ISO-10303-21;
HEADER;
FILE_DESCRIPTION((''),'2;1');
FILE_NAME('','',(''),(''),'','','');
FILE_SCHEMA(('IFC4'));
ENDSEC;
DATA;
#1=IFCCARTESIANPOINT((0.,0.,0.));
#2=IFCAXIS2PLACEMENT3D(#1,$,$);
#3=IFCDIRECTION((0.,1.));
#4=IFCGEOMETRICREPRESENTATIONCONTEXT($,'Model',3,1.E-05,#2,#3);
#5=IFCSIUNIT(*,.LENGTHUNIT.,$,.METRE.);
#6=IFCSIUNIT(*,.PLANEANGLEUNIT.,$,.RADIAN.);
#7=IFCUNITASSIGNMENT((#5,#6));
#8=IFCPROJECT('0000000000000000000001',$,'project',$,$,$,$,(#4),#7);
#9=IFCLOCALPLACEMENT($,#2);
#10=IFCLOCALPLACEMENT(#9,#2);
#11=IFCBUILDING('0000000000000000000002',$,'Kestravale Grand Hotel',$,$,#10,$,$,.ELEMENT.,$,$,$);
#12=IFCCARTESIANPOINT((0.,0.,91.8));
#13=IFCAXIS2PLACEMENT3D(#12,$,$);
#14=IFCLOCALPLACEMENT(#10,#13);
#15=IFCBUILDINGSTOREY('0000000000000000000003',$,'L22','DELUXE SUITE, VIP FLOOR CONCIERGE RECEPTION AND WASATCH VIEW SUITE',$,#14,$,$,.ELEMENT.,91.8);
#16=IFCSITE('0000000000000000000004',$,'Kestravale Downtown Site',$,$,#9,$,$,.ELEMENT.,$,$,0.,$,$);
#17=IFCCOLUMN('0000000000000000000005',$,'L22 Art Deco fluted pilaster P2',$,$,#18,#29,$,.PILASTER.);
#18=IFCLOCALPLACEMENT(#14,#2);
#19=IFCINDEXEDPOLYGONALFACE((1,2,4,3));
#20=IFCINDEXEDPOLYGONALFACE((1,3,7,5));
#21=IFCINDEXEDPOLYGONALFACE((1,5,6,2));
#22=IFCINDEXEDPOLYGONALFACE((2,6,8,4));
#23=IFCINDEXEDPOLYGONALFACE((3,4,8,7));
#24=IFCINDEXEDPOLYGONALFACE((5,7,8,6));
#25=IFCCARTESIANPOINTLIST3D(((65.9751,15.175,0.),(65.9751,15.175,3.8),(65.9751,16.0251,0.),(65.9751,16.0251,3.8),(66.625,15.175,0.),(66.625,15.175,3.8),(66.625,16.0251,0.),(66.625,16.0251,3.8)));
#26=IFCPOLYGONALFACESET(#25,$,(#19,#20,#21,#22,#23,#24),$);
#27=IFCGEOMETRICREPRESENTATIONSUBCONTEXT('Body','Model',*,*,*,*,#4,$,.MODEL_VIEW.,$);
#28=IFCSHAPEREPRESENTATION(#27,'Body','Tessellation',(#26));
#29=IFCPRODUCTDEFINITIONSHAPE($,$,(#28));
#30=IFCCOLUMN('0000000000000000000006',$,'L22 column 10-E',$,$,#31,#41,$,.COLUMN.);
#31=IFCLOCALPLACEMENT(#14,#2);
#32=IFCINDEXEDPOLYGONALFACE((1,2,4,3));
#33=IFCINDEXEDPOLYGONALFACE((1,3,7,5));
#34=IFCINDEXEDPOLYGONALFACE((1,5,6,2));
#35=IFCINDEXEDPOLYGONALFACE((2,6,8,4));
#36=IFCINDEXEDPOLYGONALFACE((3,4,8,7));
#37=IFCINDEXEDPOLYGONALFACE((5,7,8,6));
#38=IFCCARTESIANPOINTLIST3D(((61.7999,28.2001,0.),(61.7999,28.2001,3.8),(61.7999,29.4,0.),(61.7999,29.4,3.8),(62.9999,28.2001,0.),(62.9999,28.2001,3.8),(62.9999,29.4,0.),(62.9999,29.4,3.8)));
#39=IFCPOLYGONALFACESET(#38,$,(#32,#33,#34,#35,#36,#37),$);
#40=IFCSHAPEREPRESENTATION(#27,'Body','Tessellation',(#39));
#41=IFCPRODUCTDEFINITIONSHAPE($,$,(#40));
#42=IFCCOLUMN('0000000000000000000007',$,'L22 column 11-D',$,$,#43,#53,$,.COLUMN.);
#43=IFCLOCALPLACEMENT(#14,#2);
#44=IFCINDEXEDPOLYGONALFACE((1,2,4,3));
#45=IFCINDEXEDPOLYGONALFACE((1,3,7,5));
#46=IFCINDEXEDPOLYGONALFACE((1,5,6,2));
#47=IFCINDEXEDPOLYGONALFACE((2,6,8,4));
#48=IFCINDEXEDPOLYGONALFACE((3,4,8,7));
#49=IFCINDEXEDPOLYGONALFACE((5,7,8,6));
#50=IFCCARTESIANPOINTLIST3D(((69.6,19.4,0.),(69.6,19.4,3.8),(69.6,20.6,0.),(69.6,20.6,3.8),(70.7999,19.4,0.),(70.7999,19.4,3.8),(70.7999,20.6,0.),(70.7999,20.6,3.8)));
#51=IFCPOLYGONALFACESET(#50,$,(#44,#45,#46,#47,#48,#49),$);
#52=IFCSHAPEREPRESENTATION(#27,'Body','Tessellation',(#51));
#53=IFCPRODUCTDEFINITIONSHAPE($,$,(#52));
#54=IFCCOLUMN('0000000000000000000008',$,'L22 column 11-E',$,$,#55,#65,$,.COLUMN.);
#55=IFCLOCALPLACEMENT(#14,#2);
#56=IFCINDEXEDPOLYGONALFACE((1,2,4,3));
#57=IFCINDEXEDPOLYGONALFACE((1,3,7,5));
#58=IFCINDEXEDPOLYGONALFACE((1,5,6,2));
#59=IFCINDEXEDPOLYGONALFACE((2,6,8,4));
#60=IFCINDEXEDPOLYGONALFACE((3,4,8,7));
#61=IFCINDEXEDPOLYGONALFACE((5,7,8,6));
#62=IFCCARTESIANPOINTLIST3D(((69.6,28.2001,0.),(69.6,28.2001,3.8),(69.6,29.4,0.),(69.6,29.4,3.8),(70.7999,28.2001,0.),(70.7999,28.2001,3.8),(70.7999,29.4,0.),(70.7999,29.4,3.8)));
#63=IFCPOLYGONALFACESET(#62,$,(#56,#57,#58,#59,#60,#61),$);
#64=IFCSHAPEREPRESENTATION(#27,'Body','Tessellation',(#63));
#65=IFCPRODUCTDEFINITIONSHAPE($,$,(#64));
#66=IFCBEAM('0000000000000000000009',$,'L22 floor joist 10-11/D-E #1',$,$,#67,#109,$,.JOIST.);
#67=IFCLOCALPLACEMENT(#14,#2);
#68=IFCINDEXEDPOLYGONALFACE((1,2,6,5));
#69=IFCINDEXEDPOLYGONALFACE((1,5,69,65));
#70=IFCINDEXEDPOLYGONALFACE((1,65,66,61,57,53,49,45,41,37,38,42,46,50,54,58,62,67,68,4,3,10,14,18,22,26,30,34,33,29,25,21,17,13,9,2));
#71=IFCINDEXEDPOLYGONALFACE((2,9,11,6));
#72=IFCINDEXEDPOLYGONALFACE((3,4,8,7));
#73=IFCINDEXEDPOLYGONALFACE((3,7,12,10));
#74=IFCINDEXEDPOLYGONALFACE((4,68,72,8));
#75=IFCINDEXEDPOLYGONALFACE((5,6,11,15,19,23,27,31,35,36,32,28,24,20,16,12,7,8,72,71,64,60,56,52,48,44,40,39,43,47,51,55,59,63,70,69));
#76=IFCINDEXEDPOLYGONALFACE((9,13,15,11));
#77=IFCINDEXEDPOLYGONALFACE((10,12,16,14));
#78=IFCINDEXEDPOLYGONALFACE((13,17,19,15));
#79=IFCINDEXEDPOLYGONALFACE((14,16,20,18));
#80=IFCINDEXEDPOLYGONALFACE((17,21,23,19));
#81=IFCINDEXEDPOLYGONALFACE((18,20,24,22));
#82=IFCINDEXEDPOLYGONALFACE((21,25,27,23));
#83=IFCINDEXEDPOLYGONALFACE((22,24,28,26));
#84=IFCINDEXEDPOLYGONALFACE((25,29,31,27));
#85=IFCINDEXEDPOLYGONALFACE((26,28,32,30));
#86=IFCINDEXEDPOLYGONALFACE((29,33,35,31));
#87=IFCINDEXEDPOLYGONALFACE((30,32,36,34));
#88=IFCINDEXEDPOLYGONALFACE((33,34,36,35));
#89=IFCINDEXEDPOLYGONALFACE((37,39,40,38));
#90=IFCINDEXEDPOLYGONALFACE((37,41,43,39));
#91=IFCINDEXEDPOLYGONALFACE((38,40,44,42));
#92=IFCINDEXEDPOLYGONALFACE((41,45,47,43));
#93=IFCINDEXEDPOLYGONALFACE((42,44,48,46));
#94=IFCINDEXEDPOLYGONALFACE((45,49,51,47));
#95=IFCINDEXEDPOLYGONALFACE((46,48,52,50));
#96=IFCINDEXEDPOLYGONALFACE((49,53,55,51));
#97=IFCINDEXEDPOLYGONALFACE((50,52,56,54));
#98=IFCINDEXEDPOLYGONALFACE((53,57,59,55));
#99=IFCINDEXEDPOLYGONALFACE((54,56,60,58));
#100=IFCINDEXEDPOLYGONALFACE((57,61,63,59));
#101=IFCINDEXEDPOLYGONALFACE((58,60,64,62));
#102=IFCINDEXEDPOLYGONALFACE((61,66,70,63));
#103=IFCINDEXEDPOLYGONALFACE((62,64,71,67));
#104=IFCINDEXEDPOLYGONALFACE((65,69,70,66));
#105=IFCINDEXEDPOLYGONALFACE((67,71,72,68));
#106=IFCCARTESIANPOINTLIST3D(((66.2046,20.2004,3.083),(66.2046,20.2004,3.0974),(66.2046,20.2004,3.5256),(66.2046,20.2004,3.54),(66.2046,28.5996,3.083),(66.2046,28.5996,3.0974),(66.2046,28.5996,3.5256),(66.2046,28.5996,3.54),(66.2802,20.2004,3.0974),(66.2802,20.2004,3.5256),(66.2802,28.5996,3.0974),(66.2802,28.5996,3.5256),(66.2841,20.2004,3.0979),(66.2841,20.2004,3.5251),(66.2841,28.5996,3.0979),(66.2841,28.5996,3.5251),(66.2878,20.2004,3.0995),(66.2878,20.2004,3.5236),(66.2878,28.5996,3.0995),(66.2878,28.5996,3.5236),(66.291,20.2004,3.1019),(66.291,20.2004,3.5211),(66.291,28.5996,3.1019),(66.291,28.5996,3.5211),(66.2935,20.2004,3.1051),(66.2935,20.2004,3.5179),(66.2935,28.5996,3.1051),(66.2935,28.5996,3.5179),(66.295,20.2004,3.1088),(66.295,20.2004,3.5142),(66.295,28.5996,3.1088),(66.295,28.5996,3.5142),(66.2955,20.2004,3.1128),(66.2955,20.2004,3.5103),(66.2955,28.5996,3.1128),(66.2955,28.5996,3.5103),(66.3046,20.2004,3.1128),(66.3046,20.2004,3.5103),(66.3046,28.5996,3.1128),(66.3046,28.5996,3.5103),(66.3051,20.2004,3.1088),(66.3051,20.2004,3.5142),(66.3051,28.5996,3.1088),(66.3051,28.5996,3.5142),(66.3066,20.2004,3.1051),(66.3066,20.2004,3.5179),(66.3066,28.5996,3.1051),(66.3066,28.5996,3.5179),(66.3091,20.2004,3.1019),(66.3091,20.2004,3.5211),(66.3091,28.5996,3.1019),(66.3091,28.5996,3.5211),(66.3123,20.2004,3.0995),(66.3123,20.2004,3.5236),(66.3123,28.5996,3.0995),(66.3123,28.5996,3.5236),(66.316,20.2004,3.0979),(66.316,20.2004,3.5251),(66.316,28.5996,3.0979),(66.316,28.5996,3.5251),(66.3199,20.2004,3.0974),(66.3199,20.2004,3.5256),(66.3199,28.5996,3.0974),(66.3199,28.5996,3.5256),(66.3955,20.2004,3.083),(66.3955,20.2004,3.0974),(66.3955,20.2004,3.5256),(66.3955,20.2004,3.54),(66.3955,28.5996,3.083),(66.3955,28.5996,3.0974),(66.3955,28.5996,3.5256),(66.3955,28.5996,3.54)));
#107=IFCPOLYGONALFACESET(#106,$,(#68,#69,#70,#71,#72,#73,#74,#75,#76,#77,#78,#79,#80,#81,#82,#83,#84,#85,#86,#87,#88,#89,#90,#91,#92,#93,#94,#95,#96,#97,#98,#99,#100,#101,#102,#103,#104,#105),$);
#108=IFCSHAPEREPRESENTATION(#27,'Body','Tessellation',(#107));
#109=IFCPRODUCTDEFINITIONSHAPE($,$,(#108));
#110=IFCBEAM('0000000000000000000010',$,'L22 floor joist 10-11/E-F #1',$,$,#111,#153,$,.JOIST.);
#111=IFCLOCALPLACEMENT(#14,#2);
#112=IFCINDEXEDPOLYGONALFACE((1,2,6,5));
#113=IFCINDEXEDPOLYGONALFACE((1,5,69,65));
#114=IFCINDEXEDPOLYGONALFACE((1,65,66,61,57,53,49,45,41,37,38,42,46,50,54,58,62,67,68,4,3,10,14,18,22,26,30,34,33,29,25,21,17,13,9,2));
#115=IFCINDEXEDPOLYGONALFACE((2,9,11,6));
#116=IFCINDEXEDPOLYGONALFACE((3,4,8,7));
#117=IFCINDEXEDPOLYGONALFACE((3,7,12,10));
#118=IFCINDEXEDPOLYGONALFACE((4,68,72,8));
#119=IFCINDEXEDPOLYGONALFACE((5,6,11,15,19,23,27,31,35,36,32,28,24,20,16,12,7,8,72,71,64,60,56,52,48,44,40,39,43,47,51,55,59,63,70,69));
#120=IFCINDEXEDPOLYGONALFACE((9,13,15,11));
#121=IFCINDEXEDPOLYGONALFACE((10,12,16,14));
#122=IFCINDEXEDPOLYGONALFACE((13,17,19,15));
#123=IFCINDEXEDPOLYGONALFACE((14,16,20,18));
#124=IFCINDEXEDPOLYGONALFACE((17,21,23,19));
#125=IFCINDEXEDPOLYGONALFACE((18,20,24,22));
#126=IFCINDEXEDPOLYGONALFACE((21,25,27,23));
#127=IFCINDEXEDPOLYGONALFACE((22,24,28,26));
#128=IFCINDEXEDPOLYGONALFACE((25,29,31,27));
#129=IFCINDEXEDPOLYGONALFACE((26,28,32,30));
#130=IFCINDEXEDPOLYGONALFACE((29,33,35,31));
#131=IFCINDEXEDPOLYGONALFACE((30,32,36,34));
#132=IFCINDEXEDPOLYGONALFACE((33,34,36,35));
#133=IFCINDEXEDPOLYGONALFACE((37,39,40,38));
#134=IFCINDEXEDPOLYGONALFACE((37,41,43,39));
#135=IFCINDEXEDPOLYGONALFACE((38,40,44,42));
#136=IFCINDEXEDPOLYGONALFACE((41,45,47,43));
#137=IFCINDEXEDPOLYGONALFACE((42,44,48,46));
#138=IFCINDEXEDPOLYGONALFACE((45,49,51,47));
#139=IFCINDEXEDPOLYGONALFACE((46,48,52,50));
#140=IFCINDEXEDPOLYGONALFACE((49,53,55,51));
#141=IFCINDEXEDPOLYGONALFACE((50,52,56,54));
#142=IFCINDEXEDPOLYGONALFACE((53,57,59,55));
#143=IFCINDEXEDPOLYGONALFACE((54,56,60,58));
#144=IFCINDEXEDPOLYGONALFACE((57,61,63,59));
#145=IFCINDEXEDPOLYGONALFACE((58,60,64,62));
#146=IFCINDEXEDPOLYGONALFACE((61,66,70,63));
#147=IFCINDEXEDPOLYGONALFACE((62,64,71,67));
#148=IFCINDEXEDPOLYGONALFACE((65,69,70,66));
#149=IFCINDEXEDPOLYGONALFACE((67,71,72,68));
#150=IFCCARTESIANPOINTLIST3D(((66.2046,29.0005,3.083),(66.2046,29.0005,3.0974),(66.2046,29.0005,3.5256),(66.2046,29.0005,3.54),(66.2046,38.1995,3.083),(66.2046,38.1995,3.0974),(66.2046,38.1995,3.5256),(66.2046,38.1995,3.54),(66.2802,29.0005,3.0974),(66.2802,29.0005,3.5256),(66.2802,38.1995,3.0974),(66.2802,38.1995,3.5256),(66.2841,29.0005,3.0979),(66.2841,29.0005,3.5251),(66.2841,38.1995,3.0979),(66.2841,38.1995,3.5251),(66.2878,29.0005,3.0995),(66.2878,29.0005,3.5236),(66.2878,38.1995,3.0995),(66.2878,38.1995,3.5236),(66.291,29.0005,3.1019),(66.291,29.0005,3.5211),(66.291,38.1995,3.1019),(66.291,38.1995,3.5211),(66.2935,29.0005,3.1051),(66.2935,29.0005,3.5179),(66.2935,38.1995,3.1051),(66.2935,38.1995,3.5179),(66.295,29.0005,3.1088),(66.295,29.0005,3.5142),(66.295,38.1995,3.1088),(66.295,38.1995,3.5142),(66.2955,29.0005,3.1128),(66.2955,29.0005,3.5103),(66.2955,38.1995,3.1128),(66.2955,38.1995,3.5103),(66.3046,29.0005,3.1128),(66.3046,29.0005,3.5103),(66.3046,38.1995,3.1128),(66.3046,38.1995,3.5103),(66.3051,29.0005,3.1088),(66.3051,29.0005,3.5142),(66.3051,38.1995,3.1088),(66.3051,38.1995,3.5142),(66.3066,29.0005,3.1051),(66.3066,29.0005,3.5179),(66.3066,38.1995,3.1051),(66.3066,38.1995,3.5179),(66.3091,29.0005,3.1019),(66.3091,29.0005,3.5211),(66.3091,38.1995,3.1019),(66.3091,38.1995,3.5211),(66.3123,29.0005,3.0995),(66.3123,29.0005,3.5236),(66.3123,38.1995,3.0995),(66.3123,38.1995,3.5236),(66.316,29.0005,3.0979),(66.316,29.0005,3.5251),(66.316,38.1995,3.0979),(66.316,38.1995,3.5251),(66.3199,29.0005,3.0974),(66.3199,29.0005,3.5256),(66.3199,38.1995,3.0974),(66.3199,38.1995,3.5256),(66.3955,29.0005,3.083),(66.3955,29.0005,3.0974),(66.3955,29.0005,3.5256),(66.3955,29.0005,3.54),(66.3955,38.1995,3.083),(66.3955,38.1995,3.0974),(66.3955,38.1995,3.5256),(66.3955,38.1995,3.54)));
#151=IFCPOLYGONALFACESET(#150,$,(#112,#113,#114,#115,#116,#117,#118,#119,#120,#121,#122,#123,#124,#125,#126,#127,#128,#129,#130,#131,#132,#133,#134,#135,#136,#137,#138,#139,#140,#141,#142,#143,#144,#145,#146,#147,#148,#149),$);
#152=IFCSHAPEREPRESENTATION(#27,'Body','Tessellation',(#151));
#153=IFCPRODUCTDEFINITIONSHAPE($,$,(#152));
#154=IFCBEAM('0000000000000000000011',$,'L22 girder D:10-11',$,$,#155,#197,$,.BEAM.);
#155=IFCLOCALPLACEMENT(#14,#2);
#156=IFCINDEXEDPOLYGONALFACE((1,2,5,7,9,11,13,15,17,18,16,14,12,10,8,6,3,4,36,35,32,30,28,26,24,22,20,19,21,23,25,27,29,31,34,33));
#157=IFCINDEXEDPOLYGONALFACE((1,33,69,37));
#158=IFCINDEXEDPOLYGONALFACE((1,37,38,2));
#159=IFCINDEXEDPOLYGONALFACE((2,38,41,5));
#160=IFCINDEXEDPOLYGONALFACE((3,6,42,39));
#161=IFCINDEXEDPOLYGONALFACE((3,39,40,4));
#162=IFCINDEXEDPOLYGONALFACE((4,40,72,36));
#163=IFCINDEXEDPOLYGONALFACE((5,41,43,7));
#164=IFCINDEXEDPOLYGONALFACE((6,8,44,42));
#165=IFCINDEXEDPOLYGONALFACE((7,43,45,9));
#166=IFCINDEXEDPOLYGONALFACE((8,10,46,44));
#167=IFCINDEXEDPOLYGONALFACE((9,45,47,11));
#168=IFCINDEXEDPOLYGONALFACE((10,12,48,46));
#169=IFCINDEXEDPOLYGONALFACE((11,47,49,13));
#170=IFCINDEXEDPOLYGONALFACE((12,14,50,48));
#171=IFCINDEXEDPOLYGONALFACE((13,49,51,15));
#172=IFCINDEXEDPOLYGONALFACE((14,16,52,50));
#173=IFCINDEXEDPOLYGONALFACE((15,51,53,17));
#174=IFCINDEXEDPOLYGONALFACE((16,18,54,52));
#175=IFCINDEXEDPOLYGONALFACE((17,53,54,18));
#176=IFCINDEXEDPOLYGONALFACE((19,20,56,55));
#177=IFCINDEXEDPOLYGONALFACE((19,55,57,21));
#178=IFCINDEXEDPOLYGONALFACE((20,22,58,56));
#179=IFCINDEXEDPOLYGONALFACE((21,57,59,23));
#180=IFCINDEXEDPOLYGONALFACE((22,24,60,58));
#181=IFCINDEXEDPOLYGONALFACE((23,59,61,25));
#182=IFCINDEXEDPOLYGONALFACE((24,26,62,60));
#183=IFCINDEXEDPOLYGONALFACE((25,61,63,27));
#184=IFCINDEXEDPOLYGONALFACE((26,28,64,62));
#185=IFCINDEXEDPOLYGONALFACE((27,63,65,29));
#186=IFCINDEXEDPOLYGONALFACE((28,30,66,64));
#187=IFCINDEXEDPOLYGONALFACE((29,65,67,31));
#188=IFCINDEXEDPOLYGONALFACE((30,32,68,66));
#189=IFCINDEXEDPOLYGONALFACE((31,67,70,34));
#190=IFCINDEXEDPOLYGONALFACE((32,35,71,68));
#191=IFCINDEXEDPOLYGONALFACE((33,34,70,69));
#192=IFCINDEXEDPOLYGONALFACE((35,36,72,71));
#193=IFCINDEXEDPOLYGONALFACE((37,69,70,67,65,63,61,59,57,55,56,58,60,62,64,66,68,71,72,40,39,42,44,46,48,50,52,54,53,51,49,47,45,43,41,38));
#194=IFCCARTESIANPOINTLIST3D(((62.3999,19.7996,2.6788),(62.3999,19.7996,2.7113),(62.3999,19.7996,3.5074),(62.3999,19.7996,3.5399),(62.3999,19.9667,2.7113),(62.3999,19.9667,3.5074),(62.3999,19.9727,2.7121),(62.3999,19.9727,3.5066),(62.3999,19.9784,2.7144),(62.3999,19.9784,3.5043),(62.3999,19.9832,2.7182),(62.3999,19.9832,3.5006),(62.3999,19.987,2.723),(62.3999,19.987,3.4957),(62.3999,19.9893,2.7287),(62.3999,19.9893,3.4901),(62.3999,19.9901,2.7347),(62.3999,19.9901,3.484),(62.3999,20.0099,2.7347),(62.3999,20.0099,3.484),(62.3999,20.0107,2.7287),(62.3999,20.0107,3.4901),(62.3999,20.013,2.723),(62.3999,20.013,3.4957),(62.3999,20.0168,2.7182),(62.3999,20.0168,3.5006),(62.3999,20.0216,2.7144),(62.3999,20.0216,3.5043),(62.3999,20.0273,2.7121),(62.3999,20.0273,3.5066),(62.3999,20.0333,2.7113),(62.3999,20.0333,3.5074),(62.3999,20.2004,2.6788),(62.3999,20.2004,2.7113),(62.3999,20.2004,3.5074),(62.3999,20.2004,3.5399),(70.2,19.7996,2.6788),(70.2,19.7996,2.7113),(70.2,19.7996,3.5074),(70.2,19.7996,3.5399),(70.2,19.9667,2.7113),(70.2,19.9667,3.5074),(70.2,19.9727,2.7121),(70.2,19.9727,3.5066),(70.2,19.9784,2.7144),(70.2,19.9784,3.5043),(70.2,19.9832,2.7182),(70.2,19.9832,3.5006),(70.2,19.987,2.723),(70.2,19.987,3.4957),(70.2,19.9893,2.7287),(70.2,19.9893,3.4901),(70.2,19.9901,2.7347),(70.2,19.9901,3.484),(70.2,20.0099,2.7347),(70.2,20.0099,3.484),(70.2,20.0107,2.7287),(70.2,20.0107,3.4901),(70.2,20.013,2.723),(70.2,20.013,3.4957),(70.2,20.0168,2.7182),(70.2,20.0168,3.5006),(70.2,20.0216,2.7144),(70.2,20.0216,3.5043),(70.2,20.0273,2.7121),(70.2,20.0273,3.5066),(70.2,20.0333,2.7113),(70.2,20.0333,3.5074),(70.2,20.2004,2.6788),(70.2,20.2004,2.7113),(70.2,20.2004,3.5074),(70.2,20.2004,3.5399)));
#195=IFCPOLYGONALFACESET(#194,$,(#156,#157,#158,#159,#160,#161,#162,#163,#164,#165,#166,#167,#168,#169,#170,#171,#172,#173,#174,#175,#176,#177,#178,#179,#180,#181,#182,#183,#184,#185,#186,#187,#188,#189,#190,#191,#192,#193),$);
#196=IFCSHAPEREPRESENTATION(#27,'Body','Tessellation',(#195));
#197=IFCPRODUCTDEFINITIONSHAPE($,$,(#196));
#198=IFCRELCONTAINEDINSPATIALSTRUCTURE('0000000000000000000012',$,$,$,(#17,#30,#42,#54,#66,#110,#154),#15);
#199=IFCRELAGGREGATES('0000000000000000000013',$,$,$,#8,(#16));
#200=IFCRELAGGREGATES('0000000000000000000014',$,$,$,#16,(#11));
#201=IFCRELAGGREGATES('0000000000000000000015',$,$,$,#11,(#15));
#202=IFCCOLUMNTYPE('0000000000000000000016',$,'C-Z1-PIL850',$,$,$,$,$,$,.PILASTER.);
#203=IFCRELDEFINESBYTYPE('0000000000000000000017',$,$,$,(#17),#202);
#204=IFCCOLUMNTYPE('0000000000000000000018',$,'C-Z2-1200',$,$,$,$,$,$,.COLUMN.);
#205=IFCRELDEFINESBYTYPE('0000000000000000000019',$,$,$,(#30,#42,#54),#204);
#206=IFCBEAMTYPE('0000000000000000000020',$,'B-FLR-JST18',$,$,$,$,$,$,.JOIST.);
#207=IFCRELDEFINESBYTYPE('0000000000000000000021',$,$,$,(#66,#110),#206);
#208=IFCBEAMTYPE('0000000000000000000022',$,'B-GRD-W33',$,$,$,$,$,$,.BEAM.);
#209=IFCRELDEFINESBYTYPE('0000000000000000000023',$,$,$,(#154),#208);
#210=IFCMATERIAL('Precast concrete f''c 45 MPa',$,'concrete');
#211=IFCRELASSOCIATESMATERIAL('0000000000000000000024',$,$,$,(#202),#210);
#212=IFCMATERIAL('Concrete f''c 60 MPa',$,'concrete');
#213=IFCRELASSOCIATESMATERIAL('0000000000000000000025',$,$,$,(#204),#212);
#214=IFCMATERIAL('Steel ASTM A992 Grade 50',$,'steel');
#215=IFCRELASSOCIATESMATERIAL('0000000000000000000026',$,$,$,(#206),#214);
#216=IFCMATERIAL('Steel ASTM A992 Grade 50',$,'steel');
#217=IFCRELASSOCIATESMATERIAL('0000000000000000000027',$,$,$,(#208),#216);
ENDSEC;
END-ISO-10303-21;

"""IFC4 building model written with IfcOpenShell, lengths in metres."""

from ifc_helpers import new_model, si_unit, direction, frame, origin, origin_2d, place, context, subcontext, project, spatial, rectangle, i_section, extrude, material, material_profile, profile_set, type_object, element, save


model = new_model("IFC4")

# Units and contexts
model_context = context("Model", 3, precision=1e-05, world=origin(), true_north=direction((0.0, 1.0)))
body_context = subcontext(model_context, "Body", "Model", "MODEL_VIEW")
ifc_project = project(units=[si_unit("LENGTHUNIT", "METRE"), si_unit("PLANEANGLEUNIT", "RADIAN")], contexts=[model_context])

# Site, building, storey
site_placement = place(None, origin())
site = spatial("IfcSite", under=ifc_project, at=site_placement, Name="Kestravale Downtown Site", CompositionType="ELEMENT", RefElevation=0.0)
building_placement = place(site_placement, origin())
building = spatial("IfcBuilding", under=site, at=building_placement, Name="Kestravale Grand Hotel", CompositionType="ELEMENT")
storey_placement = place(building_placement, frame((0.0, 0.0, 91.8)))
storey = spatial("IfcBuildingStorey", under=building, at=storey_placement, Name="L22", Description="DELUXE SUITE, VIP FLOOR CONCIERGE RECEPTION AND WASATCH VIEW SUITE", CompositionType="ELEMENT", Elevation=91.8)

# Columns
ifc_material_1 = material(Name="Precast concrete f'c 45 MPa", Category="concrete")
ifc_material_profile_1 = material_profile(ifc_material_1, rectangle(XDim=0.6499, YDim=0.8501, at=origin_2d()))
ifc_profile_set_1 = profile_set([ifc_material_profile_1], Name="Precast concrete f'c 45 MPa")
column_type_1 = type_object("IfcColumnType", Name="C-Z1-PIL850", PredefinedType="PILASTER", material=ifc_profile_set_1)
column_placement = place(storey_placement, frame((66.3, 15.6001, 0.0), z_axis=(0.0, 0.0, 1.0), x_axis=(1.0, 0.0, 0.0)))
element("IfcColumn", 1, at=column_placement, inside=storey, type_object=column_type_1, Name="L22 Art Deco fluted pilaster P2", PredefinedType="PILASTER", context=body_context, shape_type="SweptSolid", body=[
    extrude(rectangle(XDim=0.6499, YDim=0.8501, at=origin_2d()), origin(), (0.0, 0.0, 1.0), 3.8),
])
ifc_material_2 = material(Name="Concrete f'c 60 MPa", Category="concrete")
ifc_material_profile_2 = material_profile(ifc_material_2, rectangle(XDim=1.2, YDim=1.2, at=origin_2d()))
ifc_profile_set_2 = profile_set([ifc_material_profile_2], Name="Concrete f'c 60 MPa")
column_type_2 = type_object("IfcColumnType", Name="C-Z2-1200", PredefinedType="COLUMN", material=ifc_profile_set_2)
for number, where, z_axis, x_axis, name in (
    (2, (62.3999, 28.8, 0.0), (0.0, 0.0, 1.0), (1.0, 0.0, 0.0), "L22 column 10-E"),
    (3, (70.2, 20.0, 0.0), (0.0, 0.0, 1.0), (1.0, 0.0, 0.0), "L22 column 11-D"),
    (4, (70.2, 28.8, 0.0), (0.0, 0.0, 1.0), (1.0, 0.0, 0.0), "L22 column 11-E"),
):
    element("IfcColumn", number, at=place(storey_placement, frame(where, z_axis=z_axis, x_axis=x_axis)), inside=storey, type_object=column_type_2, Name=name, PredefinedType="COLUMN", context=body_context, shape_type="SweptSolid", body=[
        extrude(rectangle(XDim=1.2, YDim=1.2, at=origin_2d()), origin(), (0.0, 0.0, 1.0), 3.8),
    ])

# Beams
ifc_material_3 = material(Name="Steel ASTM A992 Grade 50", Category="steel")
ifc_material_profile_3 = material_profile(ifc_material_3, i_section(OverallWidth=0.1909, OverallDepth=0.457, WebThickness=0.009, FlangeThickness=0.0144, FilletRadius=0.0154, at=origin_2d()))
ifc_profile_set_3 = profile_set([ifc_material_profile_3], Name="Steel ASTM A992 Grade 50")
beam_type_1 = type_object("IfcBeamType", Name="B-FLR-JST18", PredefinedType="JOIST", material=ifc_profile_set_3)
beam_1_placement = place(storey_placement, frame((66.3, 20.2004, 3.3115), z_axis=(0.0, 1.0, 0.0), x_axis=(-1.0, 0.0, 0.0)))
element("IfcBeam", 5, at=beam_1_placement, inside=storey, type_object=beam_type_1, Name="L22 floor joist 10-11/D-E #1", PredefinedType="JOIST", context=body_context, shape_type="SweptSolid", body=[
    extrude(i_section(OverallWidth=0.1909, OverallDepth=0.457, WebThickness=0.009, FlangeThickness=0.0144, FilletRadius=0.0154, at=origin_2d()), origin(), (0.0, 0.0, 1.0), 8.3992),
])
beam_2_placement = place(storey_placement, frame((66.3, 29.0005, 3.3115), z_axis=(0.0, 1.0, 0.0), x_axis=(-1.0, 0.0, 0.0)))
element("IfcBeam", 6, at=beam_2_placement, inside=storey, type_object=beam_type_1, Name="L22 floor joist 10-11/E-F #1", PredefinedType="JOIST", context=body_context, shape_type="SweptSolid", body=[
    extrude(i_section(OverallWidth=0.1909, OverallDepth=0.457, WebThickness=0.009, FlangeThickness=0.0144, FilletRadius=0.0154, at=origin_2d()), origin(), (0.0, 0.0, 1.0), 9.199),
])
ifc_material_4 = material(Name="Steel ASTM A992 Grade 50", Category="steel")
ifc_material_profile_4 = material_profile(ifc_material_4, i_section(OverallWidth=0.4009, OverallDepth=0.8611, WebThickness=0.0198, FlangeThickness=0.0325, FilletRadius=0.0234, at=origin_2d()))
ifc_profile_set_4 = profile_set([ifc_material_profile_4], Name="Steel ASTM A992 Grade 50")
beam_type_2 = type_object("IfcBeamType", Name="B-GRD-W33", PredefinedType="BEAM", material=ifc_profile_set_4)
for number, where, z_axis, x_axis, name in (
    (7, (62.3999, 20.0, 3.1094), (1.0, 0.0, 0.0), (0.0, 1.0, 0.0), "L22 girder D:10-11"),
):
    element("IfcBeam", number, at=place(storey_placement, frame(where, z_axis=z_axis, x_axis=x_axis)), inside=storey, type_object=beam_type_2, Name=name, PredefinedType="BEAM", context=body_context, shape_type="SweptSolid", body=[
        extrude(i_section(OverallWidth=0.4009, OverallDepth=0.8611, WebThickness=0.0198, FlangeThickness=0.0325, FilletRadius=0.0234, at=origin_2d()), origin(), (0.0, 0.0, 1.0), 7.8),
    ])

save(model, "model.ifc")
